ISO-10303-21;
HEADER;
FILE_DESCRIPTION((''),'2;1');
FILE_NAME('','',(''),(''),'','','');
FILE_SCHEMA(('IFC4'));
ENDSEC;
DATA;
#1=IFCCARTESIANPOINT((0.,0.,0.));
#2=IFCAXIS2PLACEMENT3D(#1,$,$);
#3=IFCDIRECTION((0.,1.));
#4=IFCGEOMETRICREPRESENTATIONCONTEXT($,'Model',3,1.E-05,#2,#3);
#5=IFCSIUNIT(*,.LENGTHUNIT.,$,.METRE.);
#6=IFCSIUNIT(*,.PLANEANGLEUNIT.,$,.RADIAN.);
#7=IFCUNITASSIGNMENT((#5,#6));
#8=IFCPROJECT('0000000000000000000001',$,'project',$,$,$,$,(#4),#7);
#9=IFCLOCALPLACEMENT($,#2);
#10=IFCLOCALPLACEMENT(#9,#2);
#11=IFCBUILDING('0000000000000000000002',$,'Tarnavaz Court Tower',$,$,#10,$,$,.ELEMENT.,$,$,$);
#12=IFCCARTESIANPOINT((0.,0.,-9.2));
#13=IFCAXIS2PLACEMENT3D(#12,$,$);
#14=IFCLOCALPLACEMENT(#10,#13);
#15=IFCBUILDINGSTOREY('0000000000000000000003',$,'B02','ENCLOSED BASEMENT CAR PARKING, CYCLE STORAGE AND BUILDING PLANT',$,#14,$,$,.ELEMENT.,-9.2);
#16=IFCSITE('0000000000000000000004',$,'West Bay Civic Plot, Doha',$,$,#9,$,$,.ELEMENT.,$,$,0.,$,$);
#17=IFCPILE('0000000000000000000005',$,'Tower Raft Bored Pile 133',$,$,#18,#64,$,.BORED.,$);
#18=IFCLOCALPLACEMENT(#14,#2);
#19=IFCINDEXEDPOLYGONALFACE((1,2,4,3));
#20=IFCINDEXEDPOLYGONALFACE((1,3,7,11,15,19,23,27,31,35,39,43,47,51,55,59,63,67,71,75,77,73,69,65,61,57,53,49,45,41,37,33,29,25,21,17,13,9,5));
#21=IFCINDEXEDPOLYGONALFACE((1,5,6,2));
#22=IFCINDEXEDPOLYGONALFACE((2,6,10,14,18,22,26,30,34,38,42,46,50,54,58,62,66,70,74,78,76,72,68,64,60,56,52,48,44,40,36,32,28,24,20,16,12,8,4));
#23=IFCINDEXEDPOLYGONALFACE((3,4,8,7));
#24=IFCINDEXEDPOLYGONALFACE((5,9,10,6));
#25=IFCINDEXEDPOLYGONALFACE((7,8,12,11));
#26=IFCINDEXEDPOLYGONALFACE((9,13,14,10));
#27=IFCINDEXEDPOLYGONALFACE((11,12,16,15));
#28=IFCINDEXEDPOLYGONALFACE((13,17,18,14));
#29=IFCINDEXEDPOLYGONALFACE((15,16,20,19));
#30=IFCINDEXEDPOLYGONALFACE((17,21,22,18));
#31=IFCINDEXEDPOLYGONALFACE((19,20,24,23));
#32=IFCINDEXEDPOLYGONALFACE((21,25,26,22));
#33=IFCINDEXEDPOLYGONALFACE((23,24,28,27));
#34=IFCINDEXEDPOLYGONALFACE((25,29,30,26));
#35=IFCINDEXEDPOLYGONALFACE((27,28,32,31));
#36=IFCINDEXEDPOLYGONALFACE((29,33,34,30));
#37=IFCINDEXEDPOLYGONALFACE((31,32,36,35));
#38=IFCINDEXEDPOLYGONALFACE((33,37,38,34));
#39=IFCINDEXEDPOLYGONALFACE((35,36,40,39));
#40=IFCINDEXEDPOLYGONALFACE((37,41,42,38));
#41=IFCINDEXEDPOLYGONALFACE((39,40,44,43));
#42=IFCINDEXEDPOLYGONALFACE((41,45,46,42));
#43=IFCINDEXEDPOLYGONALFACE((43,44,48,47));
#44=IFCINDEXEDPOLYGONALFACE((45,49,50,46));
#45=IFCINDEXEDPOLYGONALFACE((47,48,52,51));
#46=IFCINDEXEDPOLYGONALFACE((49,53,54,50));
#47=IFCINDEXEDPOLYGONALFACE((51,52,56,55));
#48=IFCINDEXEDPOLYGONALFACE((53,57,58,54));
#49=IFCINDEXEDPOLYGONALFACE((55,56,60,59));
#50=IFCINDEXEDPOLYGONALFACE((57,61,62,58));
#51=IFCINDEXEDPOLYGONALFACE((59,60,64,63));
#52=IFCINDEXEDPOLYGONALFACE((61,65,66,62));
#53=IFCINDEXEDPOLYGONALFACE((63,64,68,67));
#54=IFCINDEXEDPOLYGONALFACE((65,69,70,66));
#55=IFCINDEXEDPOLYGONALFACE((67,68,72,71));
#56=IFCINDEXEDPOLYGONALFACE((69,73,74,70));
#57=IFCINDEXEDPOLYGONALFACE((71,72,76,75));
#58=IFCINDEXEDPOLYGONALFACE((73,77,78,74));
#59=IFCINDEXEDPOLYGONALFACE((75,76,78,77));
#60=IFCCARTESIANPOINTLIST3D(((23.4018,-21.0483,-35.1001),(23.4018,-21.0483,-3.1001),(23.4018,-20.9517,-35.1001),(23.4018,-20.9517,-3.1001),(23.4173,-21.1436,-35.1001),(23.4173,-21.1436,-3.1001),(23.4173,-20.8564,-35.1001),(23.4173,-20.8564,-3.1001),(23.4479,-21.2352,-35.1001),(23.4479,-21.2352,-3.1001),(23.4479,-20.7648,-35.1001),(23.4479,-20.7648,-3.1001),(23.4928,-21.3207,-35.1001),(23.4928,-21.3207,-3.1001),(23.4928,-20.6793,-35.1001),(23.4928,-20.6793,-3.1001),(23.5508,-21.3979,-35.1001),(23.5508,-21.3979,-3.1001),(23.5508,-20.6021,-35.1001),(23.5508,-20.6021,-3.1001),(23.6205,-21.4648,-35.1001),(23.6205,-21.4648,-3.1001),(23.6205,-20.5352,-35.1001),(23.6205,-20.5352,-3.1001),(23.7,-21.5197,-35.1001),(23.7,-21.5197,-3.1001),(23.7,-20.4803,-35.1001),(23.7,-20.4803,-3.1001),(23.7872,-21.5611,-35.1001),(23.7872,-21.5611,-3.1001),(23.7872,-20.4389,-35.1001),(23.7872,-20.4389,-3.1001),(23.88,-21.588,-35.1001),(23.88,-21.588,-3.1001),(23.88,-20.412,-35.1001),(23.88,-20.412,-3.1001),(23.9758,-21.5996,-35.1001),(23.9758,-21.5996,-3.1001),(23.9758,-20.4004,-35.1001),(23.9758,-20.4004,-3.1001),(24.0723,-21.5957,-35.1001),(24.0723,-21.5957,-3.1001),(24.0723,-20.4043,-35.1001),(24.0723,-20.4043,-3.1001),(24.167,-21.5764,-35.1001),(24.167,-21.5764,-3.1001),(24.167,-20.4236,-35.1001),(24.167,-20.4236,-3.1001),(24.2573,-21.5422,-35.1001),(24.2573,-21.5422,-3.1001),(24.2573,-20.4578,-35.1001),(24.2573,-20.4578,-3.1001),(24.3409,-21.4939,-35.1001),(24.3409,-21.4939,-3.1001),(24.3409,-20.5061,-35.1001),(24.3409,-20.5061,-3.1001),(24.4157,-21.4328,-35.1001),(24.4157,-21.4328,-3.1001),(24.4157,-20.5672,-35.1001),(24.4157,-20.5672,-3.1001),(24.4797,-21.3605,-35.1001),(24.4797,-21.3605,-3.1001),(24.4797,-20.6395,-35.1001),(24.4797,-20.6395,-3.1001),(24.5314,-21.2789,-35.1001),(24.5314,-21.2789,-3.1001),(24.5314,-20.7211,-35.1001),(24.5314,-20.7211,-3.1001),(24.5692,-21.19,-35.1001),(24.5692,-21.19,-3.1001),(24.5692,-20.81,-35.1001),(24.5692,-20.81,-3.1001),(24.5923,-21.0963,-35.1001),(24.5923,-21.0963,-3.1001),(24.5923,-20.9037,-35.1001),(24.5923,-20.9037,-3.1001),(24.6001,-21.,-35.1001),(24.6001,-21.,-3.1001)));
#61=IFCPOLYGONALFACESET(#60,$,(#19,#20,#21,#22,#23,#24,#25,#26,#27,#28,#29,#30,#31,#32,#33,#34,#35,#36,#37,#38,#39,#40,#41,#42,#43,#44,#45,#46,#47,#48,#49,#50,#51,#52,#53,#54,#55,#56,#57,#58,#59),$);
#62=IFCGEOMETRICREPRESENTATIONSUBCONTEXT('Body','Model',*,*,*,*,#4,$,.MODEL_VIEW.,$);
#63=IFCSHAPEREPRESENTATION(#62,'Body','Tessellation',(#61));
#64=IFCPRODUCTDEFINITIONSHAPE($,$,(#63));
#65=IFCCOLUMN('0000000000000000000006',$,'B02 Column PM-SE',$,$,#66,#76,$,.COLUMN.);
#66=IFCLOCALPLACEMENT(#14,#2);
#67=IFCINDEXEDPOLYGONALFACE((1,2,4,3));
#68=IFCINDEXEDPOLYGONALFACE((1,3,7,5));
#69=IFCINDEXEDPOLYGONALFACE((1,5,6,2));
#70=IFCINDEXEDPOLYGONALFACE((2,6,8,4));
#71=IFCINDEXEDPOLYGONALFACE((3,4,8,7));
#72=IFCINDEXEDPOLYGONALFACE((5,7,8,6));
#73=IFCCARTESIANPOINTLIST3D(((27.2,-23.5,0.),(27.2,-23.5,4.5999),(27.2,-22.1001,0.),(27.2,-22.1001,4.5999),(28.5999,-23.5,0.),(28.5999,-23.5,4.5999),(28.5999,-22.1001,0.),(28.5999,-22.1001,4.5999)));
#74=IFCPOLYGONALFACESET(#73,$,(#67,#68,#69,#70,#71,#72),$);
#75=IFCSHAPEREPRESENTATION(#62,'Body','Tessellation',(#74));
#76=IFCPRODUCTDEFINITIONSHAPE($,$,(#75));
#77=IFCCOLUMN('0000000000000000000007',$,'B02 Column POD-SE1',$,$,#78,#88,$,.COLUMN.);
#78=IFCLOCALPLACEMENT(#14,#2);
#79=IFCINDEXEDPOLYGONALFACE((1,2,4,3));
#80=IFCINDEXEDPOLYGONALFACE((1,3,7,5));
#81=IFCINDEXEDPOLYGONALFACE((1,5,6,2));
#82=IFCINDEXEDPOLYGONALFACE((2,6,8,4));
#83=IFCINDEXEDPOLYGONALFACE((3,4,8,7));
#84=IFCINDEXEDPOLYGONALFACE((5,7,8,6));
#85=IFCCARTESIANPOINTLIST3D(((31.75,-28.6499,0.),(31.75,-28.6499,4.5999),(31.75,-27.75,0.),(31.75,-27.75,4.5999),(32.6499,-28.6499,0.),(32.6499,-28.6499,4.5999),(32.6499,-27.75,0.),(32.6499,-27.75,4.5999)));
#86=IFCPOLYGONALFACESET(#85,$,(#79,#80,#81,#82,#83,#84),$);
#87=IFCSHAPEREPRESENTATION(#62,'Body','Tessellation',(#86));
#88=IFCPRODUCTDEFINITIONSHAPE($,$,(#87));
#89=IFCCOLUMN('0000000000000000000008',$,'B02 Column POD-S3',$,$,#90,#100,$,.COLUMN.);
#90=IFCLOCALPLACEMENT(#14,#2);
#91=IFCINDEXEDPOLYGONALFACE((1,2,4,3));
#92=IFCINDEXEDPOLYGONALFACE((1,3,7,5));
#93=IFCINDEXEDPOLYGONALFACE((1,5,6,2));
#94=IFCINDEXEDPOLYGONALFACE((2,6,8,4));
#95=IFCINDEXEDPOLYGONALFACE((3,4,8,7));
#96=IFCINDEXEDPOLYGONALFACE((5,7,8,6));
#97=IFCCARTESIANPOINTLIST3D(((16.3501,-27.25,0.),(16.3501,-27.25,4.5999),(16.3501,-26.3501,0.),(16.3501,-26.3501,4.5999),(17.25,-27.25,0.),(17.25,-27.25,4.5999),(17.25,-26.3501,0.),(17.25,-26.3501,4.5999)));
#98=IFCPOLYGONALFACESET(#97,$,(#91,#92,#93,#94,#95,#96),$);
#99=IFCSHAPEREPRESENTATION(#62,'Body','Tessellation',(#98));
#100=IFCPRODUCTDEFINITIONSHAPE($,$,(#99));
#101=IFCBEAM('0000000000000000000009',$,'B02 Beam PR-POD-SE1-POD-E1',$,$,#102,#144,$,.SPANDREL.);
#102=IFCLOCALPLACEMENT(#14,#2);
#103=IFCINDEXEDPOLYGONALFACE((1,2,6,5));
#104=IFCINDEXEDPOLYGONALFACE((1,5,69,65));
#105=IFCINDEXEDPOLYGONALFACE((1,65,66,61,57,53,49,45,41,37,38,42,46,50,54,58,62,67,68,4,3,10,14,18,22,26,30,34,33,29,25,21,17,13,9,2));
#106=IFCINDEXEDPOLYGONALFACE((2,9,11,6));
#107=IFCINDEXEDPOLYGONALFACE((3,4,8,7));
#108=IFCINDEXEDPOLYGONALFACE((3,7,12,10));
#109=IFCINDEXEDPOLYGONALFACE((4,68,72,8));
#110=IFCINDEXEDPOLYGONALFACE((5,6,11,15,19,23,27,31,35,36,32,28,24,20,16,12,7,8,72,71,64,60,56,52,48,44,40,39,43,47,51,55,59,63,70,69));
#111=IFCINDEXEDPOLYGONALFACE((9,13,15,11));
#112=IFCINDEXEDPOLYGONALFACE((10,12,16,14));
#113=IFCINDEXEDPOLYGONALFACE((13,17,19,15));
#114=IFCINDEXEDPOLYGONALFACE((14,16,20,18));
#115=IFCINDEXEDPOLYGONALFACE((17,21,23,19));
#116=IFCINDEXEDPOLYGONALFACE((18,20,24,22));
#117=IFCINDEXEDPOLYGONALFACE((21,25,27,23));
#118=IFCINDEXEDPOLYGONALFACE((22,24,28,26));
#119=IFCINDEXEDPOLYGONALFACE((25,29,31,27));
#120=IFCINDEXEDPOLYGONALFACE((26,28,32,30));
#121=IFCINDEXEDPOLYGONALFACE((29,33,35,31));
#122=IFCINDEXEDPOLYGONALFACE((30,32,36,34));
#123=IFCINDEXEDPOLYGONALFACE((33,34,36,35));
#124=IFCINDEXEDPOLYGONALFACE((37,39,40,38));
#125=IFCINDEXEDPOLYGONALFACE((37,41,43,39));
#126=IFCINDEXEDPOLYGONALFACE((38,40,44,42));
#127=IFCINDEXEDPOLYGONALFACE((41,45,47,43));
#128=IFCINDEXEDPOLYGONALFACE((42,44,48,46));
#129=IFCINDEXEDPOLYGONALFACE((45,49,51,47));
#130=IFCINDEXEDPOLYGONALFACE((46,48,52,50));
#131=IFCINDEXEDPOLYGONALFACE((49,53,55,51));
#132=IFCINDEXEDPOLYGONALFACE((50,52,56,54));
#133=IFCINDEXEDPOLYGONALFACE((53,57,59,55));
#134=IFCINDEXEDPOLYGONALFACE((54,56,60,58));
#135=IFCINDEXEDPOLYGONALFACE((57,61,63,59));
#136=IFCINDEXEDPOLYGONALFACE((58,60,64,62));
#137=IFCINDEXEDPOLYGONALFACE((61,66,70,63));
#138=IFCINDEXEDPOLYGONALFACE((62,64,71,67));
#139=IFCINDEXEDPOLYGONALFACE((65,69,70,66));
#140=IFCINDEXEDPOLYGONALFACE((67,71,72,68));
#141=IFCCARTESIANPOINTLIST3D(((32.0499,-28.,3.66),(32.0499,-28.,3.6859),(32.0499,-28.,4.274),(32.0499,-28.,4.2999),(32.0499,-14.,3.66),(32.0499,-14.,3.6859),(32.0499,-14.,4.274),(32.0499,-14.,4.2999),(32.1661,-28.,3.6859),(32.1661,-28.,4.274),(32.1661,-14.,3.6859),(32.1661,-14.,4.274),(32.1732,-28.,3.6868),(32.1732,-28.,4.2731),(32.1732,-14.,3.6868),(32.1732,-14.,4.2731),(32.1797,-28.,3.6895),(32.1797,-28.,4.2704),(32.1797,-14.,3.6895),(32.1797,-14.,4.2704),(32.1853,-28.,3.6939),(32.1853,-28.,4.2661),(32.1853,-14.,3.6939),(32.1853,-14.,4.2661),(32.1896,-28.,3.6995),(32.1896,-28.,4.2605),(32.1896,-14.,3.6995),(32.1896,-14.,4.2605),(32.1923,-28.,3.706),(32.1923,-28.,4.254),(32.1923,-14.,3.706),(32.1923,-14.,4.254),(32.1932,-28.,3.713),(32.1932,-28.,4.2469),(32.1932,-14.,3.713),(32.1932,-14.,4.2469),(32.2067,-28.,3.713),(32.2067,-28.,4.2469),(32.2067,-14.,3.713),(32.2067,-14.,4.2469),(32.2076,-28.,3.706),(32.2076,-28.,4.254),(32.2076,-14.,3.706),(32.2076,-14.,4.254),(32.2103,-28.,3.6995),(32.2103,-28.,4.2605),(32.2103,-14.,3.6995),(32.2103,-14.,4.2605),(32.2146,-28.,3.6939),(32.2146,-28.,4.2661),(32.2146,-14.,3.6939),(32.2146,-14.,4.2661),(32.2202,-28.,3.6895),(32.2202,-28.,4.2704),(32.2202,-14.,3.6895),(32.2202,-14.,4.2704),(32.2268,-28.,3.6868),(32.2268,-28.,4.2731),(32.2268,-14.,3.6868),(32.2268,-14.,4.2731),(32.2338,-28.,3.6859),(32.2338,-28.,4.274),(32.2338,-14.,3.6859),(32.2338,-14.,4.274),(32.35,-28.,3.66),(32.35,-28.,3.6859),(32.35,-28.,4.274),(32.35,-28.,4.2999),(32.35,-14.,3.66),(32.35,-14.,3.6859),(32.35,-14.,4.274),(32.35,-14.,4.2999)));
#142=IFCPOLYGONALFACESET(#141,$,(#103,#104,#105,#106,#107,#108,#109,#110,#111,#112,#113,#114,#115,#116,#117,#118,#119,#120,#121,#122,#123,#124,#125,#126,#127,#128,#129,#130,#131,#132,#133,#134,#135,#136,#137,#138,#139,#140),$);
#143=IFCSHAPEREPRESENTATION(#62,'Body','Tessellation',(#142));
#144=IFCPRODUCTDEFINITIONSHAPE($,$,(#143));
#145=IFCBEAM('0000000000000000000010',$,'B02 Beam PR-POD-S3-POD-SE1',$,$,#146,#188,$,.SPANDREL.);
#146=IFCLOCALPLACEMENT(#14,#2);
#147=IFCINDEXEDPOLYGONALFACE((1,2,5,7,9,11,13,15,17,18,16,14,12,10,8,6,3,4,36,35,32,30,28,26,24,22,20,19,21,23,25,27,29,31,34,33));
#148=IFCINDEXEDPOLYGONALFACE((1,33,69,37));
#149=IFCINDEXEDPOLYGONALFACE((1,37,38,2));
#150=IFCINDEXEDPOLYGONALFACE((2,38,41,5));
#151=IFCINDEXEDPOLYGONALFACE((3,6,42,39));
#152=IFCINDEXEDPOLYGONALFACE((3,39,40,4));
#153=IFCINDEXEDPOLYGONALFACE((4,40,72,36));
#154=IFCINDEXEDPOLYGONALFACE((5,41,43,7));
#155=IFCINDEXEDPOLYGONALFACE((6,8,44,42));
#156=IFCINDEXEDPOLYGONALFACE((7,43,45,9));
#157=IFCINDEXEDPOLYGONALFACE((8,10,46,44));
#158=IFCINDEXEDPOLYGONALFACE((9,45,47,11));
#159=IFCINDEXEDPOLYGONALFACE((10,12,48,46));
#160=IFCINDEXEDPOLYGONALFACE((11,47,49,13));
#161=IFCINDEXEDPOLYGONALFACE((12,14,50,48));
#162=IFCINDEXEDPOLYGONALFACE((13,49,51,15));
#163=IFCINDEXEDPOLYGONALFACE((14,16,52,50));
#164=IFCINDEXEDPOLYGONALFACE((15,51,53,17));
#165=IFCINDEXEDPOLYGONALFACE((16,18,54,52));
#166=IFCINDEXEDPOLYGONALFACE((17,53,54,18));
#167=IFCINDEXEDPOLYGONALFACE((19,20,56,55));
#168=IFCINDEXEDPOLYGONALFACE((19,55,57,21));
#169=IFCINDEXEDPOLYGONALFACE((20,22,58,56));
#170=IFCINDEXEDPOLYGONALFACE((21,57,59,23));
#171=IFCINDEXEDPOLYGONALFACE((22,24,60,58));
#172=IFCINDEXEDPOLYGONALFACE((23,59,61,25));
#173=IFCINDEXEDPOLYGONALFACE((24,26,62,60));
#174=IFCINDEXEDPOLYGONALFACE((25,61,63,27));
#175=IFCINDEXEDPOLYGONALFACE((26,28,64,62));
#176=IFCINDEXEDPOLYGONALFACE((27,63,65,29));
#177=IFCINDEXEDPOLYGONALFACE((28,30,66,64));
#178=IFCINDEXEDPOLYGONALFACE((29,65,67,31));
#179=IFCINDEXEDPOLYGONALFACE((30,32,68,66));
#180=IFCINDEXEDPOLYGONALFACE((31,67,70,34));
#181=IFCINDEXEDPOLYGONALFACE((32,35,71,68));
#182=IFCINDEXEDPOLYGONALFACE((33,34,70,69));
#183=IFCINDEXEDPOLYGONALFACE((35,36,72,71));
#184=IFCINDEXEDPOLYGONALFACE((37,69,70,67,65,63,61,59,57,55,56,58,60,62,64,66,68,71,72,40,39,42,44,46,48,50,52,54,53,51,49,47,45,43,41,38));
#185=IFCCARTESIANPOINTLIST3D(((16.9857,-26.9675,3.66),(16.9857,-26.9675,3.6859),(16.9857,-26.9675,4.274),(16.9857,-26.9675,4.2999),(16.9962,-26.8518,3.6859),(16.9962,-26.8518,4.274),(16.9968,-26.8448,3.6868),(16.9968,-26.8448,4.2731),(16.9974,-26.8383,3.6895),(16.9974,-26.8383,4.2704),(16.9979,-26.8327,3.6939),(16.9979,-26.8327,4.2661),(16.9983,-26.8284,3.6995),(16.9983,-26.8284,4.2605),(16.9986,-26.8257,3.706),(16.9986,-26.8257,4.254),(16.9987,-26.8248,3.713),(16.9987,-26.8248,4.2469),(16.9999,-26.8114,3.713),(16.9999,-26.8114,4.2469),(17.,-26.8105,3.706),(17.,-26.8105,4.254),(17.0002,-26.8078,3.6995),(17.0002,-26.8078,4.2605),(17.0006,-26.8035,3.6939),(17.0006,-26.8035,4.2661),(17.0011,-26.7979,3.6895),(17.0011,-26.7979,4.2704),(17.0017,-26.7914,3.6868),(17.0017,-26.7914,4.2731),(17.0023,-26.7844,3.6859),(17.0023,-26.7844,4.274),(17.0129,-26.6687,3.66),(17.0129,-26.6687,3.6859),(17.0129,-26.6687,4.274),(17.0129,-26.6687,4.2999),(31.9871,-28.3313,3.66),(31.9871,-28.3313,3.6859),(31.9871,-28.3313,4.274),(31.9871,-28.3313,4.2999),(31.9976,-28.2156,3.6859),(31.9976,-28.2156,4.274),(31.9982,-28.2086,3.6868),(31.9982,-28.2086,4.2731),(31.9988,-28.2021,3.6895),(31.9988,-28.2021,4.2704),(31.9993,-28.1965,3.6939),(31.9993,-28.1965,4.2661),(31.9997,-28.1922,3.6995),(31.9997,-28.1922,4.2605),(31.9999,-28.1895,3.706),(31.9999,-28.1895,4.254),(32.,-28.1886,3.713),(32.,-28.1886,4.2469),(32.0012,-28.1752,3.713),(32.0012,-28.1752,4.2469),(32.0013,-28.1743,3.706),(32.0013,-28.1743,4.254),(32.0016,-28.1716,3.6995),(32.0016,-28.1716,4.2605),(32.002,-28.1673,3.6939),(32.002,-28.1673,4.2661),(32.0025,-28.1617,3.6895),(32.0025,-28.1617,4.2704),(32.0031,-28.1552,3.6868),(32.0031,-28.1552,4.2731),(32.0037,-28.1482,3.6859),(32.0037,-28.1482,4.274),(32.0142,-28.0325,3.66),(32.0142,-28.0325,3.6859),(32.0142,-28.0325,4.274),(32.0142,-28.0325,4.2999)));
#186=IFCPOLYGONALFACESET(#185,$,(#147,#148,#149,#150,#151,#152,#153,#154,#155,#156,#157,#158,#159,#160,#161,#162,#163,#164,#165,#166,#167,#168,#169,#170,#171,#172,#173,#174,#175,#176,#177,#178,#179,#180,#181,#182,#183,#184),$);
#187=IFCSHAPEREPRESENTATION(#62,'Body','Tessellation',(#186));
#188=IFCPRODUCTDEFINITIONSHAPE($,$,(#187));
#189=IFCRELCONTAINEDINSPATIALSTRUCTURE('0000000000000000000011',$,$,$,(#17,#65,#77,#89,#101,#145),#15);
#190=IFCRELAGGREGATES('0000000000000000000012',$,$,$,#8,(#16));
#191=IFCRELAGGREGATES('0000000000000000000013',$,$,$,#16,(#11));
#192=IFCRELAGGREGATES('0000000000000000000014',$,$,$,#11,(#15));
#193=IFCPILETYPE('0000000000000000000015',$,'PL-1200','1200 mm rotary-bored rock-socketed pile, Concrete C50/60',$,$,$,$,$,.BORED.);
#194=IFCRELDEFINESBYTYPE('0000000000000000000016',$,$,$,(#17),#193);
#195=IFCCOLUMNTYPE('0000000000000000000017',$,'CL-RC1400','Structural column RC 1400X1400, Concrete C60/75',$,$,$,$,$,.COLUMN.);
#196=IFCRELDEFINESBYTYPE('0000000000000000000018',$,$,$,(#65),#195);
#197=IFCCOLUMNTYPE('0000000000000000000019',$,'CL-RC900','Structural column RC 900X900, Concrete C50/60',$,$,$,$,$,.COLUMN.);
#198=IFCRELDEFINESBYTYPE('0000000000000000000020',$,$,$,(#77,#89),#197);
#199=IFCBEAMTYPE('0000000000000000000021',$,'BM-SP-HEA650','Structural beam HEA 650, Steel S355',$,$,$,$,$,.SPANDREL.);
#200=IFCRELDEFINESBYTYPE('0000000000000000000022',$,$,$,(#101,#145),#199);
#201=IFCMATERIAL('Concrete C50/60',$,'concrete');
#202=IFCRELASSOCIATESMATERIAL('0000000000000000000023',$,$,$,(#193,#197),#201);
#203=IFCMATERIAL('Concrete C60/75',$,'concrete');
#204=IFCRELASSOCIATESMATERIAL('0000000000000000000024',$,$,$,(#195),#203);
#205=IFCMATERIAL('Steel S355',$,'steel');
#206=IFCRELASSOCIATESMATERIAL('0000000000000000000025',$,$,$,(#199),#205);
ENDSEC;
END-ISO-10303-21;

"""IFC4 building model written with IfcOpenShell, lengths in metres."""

from ifc_helpers import new_model, si_unit, direction, frame, origin, origin_2d, place, context, subcontext, project, spatial, rectangle, circle, i_section, extrude, material, material_profile, profile_set, type_object, element, save


model = new_model("IFC4")

# Units and contexts
model_context = context("Model", 3, precision=1e-05, world=origin(), true_north=direction((0.0, 1.0)))
body_context = subcontext(model_context, "Body", "Model", "MODEL_VIEW")
ifc_project = project(units=[si_unit("LENGTHUNIT", "METRE"), si_unit("PLANEANGLEUNIT", "RADIAN")], contexts=[model_context])

# Site, building, storey
site_placement = place(None, origin())
site = spatial("IfcSite", under=ifc_project, at=site_placement, Name="West Bay Civic Plot, Doha", CompositionType="ELEMENT", RefElevation=0.0)
building_placement = place(site_placement, origin())
building = spatial("IfcBuilding", under=site, at=building_placement, Name="Tarnavaz Court Tower", CompositionType="ELEMENT")
storey_placement = place(building_placement, frame((0.0, 0.0, -9.2)))
storey = spatial("IfcBuildingStorey", under=building, at=storey_placement, Name="B02", Description="ENCLOSED BASEMENT CAR PARKING, CYCLE STORAGE AND BUILDING PLANT", CompositionType="ELEMENT", Elevation=-9.2)

# Shared definitions
ifc_material_1 = material(Name="Concrete C50/60", Category="concrete")

# Pile
ifc_material_profile_1 = material_profile(ifc_material_1, circle(Radius=0.6001, at=origin_2d()), Name="PILE D1200")
ifc_profile_set_1 = profile_set([ifc_material_profile_1], Name="Concrete C50/60")
pile_type_1 = type_object("IfcPileType", Name="PL-1200", Description="1200 mm rotary-bored rock-socketed pile, Concrete C50/60", PredefinedType="BORED", material=ifc_profile_set_1)
for number, where, z_axis, x_axis, name in (
    (1, (24.0, -21.0, -3.1001), (0.0, 0.0, -1.0), (1.0, 0.0, 0.0), "Tower Raft Bored Pile 133"),
):
    element("IfcPile", number, at=place(storey_placement, frame(where, z_axis=z_axis, x_axis=x_axis)), inside=storey, type_object=pile_type_1, Name=name, PredefinedType="BORED", context=body_context, shape_type="SweptSolid", body=[
        extrude(circle(Radius=0.6001, at=origin_2d()), origin(), (0.0, 0.0, 1.0), 32.0),
    ])

# Columns
ifc_material_2 = material(Name="Concrete C60/75", Category="concrete")
ifc_material_profile_2 = material_profile(ifc_material_2, rectangle(XDim=1.3999, YDim=1.3999, at=origin_2d()), Name="RC 1400X1400")
ifc_profile_set_2 = profile_set([ifc_material_profile_2], Name="Concrete C60/75")
column_type_1 = type_object("IfcColumnType", Name="CL-RC1400", Description="Structural column RC 1400X1400, Concrete C60/75", PredefinedType="COLUMN", material=ifc_profile_set_2)
column_placement = place(storey_placement, frame((27.8999, -22.8, 0.0), z_axis=(0.0, 0.0, 1.0), x_axis=(1.0, 0.0, 0.0)))
element("IfcColumn", 2, at=column_placement, inside=storey, type_object=column_type_1, Name="B02 Column PM-SE", PredefinedType="COLUMN", context=body_context, shape_type="SweptSolid", body=[
    extrude(rectangle(XDim=1.3999, YDim=1.3999, at=origin_2d()), origin(), (0.0, 0.0, 1.0), 4.5999),
])
ifc_material_profile_3 = material_profile(ifc_material_1, rectangle(XDim=0.8999, YDim=0.8999, at=origin_2d()), Name="RC 900X900")
ifc_profile_set_3 = profile_set([ifc_material_profile_3], Name="Concrete C50/60")
column_type_2 = type_object("IfcColumnType", Name="CL-RC900", Description="Structural column RC 900X900, Concrete C50/60", PredefinedType="COLUMN", material=ifc_profile_set_3)
for number, where, z_axis, x_axis, name in (
    (3, (32.2, -28.2, 0.0), (0.0, 0.0, 1.0), (1.0, 0.0, 0.0), "B02 Column POD-SE1"),
    (4, (16.8, -26.8, 0.0), (0.0, 0.0, 1.0), (1.0, 0.0, 0.0), "B02 Column POD-S3"),
):
    element("IfcColumn", number, at=place(storey_placement, frame(where, z_axis=z_axis, x_axis=x_axis)), inside=storey, type_object=column_type_2, Name=name, PredefinedType="COLUMN", context=body_context, shape_type="SweptSolid", body=[
        extrude(rectangle(XDim=0.8999, YDim=0.8999, at=origin_2d()), origin(), (0.0, 0.0, 1.0), 4.5999),
    ])

# Beams
ifc_material_3 = material(Name="Steel S355", Category="steel")
ifc_material_profile_4 = material_profile(ifc_material_3, i_section(OverallWidth=0.3, OverallDepth=0.6399, WebThickness=0.0134, FlangeThickness=0.0259, FilletRadius=0.0271, at=origin_2d()), Name="HEA 650")
ifc_profile_set_4 = profile_set([ifc_material_profile_4], Name="Steel S355")
beam_type_1 = type_object("IfcBeamType", Name="BM-SP-HEA650", Description="Structural beam HEA 650, Steel S355", PredefinedType="SPANDREL", material=ifc_profile_set_4)
beam_1_placement = place(storey_placement, frame((32.2, -28.0, 3.98), z_axis=(0.0, 1.0, 0.0), x_axis=(-1.0, 0.0, 0.0)))
element("IfcBeam", 5, at=beam_1_placement, inside=storey, type_object=beam_type_1, Name="B02 Beam PR-POD-SE1-POD-E1", PredefinedType="SPANDREL", context=body_context, shape_type="SweptSolid", body=[
    extrude(i_section(OverallWidth=0.3, OverallDepth=0.6399, WebThickness=0.0134, FlangeThickness=0.0259, FilletRadius=0.0271, at=origin_2d()), origin(), (0.0, 0.0, 1.0), 14.0),
])
beam_2_placement = place(storey_placement, frame((16.9993, -26.8181, 3.98), z_axis=(0.995893, -0.090536, 0.0), x_axis=(0.090536, 0.995893, 0.0)))
element("IfcBeam", 6, at=beam_2_placement, inside=storey, type_object=beam_type_1, Name="B02 Beam PR-POD-S3-POD-SE1", PredefinedType="SPANDREL", context=body_context, shape_type="SweptSolid", body=[
    extrude(i_section(OverallWidth=0.3, OverallDepth=0.6399, WebThickness=0.0134, FlangeThickness=0.0259, FilletRadius=0.0271, at=origin_2d()), origin(), (0.0, 0.0, 1.0), 15.0632),
])

save(model, "model.ifc")
